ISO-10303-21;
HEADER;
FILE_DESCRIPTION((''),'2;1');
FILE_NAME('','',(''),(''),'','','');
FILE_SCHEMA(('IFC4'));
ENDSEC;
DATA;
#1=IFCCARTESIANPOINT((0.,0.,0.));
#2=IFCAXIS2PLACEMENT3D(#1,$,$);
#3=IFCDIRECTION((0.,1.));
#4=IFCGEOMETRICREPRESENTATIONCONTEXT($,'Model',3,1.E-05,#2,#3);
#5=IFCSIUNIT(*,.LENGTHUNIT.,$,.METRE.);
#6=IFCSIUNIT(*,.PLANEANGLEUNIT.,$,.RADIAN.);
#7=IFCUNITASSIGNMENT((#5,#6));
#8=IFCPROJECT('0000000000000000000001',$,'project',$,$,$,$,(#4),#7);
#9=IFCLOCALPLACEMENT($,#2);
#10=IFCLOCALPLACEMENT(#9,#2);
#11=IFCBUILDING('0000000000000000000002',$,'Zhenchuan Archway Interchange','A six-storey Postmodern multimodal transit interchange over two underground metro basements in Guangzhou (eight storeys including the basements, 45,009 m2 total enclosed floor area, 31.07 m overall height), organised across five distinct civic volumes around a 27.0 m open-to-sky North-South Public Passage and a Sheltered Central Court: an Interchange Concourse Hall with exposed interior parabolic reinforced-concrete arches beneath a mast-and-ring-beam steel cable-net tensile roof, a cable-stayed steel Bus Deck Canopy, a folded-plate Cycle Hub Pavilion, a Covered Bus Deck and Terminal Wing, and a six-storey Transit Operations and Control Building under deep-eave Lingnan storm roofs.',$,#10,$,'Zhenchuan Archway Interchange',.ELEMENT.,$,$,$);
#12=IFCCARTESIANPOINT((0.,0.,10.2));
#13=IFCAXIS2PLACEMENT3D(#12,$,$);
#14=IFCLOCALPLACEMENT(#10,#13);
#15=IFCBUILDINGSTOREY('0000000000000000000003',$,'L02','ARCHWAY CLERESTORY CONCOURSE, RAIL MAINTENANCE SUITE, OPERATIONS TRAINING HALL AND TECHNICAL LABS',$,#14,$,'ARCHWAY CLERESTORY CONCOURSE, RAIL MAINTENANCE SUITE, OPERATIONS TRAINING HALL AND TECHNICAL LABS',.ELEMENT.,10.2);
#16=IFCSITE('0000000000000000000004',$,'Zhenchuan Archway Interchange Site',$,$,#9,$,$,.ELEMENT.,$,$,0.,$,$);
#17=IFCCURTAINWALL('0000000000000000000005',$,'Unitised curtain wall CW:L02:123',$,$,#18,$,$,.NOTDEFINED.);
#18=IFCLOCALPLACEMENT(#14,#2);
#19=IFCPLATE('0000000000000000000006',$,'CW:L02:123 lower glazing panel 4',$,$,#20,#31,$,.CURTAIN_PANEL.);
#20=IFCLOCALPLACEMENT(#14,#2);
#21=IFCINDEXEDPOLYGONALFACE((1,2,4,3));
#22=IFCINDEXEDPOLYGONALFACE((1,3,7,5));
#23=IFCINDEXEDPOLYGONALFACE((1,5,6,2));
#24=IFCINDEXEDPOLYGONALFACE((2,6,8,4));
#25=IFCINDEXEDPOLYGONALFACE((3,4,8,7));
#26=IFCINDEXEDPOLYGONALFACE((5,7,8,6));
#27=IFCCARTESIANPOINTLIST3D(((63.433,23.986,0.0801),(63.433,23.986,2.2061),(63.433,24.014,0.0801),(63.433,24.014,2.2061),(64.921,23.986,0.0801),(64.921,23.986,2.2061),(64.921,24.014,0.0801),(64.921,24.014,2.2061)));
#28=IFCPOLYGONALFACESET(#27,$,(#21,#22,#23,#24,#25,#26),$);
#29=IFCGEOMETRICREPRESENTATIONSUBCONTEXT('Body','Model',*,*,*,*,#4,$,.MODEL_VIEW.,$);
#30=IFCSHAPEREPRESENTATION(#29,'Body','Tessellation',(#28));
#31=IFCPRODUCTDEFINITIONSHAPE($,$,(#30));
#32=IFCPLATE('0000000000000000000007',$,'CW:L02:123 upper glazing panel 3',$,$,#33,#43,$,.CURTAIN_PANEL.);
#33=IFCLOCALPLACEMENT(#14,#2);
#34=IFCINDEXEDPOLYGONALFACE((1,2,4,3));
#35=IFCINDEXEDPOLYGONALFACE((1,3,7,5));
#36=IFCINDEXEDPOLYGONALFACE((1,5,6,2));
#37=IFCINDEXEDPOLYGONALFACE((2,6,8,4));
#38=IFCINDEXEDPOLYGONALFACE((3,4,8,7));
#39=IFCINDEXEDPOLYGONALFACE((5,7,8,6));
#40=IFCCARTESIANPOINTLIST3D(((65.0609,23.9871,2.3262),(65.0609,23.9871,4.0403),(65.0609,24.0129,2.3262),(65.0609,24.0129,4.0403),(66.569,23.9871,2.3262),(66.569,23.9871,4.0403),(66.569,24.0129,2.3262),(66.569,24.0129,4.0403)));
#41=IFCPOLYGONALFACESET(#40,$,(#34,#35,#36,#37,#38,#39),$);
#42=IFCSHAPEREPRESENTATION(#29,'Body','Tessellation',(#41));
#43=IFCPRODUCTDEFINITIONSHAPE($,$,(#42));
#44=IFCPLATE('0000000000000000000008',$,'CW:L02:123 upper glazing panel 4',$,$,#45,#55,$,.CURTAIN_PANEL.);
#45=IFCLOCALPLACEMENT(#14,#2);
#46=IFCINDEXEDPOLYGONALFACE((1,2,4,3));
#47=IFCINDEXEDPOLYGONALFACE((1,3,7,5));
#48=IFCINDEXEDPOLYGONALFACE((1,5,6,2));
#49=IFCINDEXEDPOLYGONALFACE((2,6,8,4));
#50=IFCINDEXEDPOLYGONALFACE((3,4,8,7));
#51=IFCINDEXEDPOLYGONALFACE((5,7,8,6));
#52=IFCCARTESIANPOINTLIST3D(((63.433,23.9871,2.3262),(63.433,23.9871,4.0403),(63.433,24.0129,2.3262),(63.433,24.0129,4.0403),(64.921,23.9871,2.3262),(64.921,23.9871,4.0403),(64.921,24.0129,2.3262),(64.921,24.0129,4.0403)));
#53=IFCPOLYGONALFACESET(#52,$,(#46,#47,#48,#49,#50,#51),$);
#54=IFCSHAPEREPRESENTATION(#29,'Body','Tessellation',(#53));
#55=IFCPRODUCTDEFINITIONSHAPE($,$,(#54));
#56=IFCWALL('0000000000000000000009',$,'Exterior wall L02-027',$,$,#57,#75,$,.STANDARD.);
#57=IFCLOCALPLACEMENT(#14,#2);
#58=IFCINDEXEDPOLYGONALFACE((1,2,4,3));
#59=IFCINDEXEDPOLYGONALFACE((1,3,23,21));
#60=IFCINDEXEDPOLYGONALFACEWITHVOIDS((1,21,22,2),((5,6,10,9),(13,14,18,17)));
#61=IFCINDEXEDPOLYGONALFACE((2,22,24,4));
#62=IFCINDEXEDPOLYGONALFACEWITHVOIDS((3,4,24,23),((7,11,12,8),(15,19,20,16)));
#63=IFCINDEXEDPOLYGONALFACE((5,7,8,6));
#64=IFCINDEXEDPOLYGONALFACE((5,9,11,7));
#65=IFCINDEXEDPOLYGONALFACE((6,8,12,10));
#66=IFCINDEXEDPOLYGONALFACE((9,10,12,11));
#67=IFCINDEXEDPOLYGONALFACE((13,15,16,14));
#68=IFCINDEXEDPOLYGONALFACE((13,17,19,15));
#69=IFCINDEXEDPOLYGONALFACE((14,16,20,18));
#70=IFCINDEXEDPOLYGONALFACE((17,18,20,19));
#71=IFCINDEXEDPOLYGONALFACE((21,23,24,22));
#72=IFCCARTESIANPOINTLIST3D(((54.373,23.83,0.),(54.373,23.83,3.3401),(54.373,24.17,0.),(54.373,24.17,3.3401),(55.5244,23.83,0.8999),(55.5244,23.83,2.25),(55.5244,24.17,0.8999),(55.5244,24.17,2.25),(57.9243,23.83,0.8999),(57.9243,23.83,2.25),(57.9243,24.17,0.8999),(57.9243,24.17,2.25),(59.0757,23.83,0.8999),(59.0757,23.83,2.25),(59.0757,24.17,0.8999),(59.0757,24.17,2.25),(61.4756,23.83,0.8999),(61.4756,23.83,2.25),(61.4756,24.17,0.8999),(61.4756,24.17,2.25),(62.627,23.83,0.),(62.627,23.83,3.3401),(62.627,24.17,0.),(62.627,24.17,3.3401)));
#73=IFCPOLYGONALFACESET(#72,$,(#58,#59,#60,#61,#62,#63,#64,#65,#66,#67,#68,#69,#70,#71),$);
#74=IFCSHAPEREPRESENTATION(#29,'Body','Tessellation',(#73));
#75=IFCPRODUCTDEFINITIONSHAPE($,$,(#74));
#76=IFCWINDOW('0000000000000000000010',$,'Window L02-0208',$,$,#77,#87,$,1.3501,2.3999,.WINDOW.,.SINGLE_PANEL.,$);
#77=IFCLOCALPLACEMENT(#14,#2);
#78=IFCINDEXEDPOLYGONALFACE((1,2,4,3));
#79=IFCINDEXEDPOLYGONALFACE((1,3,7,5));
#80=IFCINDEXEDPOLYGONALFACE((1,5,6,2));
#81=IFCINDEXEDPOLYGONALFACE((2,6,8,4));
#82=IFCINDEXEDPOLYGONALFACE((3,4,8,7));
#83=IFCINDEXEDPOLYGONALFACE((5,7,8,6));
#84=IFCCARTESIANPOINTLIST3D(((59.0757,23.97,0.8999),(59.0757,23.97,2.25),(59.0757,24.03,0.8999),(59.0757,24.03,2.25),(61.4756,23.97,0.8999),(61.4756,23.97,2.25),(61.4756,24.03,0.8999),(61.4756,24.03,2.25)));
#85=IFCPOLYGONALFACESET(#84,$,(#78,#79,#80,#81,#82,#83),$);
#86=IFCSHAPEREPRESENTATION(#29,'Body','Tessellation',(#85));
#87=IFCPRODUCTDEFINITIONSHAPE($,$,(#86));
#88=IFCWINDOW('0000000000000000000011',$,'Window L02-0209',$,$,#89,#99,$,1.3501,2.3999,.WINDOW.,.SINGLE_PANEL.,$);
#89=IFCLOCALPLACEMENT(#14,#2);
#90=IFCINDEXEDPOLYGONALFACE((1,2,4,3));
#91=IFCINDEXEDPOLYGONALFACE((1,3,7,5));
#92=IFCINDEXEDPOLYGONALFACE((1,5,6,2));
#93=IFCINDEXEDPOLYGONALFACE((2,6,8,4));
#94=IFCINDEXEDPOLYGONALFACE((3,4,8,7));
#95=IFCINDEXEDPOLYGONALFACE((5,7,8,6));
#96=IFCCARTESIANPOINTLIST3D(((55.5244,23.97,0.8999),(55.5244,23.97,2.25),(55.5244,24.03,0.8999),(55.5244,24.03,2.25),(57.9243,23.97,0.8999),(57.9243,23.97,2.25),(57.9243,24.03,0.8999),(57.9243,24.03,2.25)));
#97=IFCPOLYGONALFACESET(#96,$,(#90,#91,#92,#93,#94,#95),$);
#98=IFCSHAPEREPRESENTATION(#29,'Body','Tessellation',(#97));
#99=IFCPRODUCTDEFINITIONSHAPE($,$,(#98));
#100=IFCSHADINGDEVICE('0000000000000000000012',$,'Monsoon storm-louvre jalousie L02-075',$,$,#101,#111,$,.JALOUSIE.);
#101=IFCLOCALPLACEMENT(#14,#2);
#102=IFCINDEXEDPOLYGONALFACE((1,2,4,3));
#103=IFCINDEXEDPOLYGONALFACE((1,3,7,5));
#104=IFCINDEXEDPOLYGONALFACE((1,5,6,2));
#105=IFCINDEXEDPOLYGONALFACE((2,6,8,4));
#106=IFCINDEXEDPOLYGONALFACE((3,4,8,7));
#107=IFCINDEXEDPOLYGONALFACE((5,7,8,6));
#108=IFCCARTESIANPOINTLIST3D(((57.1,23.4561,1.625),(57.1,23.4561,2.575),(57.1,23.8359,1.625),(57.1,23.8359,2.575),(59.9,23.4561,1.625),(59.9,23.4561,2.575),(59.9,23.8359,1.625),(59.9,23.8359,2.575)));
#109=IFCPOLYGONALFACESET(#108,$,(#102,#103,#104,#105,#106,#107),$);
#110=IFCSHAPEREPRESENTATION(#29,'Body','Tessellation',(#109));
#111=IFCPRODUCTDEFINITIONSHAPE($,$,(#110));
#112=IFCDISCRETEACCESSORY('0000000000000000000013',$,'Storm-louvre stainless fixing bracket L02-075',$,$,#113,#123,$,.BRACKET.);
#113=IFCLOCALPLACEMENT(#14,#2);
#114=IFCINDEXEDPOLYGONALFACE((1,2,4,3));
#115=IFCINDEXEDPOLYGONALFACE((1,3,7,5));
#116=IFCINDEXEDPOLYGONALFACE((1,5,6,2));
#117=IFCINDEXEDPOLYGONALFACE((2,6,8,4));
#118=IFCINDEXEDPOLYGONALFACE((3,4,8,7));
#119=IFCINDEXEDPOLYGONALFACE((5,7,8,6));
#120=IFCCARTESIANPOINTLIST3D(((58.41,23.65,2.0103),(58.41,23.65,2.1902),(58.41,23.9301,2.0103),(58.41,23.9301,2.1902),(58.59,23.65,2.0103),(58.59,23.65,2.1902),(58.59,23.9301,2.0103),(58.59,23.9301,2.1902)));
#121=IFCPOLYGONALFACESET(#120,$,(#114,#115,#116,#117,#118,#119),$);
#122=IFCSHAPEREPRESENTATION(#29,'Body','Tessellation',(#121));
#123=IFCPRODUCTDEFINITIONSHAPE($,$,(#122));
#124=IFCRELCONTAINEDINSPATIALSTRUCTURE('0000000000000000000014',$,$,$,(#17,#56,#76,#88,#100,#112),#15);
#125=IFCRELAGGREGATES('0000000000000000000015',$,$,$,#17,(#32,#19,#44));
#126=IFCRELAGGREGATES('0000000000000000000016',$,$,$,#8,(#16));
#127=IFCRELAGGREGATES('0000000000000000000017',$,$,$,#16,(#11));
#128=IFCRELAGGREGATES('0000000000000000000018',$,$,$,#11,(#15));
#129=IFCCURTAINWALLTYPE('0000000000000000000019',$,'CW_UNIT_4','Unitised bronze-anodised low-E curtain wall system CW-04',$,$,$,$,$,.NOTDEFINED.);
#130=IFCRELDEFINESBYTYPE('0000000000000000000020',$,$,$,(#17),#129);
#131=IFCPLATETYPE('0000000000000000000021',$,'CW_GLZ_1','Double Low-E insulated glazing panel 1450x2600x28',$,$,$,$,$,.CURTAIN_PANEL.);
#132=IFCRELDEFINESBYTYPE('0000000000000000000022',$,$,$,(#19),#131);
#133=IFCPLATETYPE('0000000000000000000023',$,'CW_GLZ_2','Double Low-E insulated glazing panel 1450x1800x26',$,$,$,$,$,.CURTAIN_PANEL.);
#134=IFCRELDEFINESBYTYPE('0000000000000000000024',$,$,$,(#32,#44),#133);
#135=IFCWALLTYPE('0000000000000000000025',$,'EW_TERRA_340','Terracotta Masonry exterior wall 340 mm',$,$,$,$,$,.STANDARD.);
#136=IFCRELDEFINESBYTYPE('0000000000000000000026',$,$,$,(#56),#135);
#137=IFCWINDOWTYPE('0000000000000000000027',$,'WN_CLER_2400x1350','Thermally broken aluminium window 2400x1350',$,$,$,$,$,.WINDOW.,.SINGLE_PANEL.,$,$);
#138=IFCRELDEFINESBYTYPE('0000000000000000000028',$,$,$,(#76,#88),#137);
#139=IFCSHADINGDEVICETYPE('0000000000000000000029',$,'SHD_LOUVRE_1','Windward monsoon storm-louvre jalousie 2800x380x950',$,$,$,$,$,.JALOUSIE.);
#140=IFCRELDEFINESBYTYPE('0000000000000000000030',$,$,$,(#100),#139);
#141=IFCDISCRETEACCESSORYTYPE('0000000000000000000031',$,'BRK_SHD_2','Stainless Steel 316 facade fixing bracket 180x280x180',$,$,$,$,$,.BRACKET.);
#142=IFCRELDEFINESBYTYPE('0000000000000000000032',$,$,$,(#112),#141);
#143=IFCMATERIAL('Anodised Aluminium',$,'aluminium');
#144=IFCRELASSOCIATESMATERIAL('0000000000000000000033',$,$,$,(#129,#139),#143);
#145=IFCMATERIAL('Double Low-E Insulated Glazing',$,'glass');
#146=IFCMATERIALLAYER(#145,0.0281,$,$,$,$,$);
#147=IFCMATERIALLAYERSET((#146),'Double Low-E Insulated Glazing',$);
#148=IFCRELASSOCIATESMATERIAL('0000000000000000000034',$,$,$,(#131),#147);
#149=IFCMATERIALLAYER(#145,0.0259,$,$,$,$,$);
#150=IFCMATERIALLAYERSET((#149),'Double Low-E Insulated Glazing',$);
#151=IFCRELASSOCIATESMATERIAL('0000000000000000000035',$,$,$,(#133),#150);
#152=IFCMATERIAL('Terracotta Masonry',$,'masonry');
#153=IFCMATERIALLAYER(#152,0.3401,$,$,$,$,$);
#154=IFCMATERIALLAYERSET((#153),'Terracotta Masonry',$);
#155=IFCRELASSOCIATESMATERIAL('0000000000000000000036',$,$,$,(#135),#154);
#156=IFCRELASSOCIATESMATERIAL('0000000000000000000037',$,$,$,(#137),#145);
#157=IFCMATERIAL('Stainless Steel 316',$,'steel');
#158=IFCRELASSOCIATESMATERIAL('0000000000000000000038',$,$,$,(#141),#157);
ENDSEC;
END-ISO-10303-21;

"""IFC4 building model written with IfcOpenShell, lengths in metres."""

from ifc_helpers import new_model, si_unit, direction, frame, frame_2d, origin, origin_2d, place, context, subcontext, project, spatial, rectangle, extrude, material, layer, layer_set, type_object, element, fill, aggregate, save


model = new_model("IFC4")

# Units and contexts
model_context = context("Model", 3, precision=1e-05, world=origin(), true_north=direction((0.0, 1.0)))
body_context = subcontext(model_context, "Body", "Model", "MODEL_VIEW")
ifc_project = project(units=[si_unit("LENGTHUNIT", "METRE"), si_unit("PLANEANGLEUNIT", "RADIAN")], contexts=[model_context])

# Site, building, storey
site_placement = place(None, origin())
site = spatial("IfcSite", under=ifc_project, at=site_placement, Name="Zhenchuan Archway Interchange Site", CompositionType="ELEMENT", RefElevation=0.0)
building_placement = place(site_placement, origin())
building = spatial("IfcBuilding", under=site, at=building_placement, Name="Zhenchuan Archway Interchange", Description="A six-storey Postmodern multimodal transit interchange over two underground metro basements in Guangzhou (eight storeys including the basements, 45,009 m2 total enclosed floor area, 31.07 m overall height), organised across five distinct civic volumes around a 27.0 m open-to-sky North-South Public Passage and a Sheltered Central Court: an Interchange Concourse Hall with exposed interior parabolic reinforced-concrete arches beneath a mast-and-ring-beam steel cable-net tensile roof, a cable-stayed steel Bus Deck Canopy, a folded-plate Cycle Hub Pavilion, a Covered Bus Deck and Terminal Wing, and a six-storey Transit Operations and Control Building under deep-eave Lingnan storm roofs.", LongName="Zhenchuan Archway Interchange", CompositionType="ELEMENT")
storey_placement = place(building_placement, frame((0.0, 0.0, 10.2)))
storey = spatial("IfcBuildingStorey", under=building, at=storey_placement, Name="L02", Description="ARCHWAY CLERESTORY CONCOURSE, RAIL MAINTENANCE SUITE, OPERATIONS TRAINING HALL AND TECHNICAL LABS", LongName="ARCHWAY CLERESTORY CONCOURSE, RAIL MAINTENANCE SUITE, OPERATIONS TRAINING HALL AND TECHNICAL LABS", CompositionType="ELEMENT", Elevation=10.2)

# Curtain wall
ifc_material_1 = material(Name="Anodised Aluminium", Category="aluminium")
curtain_wall_type = type_object("IfcCurtainWallType", Name="CW_UNIT_4", Description="Unitised bronze-anodised low-E curtain wall system CW-04", PredefinedType="NOTDEFINED", material=ifc_material_1)
curtain_wall_placement = place(storey_placement, origin())
curtain_wall = element("IfcCurtainWall", 1, at=curtain_wall_placement, inside=storey, type_object=curtain_wall_type, Name="Unitised curtain wall CW:L02:123", PredefinedType="NOTDEFINED")

# Plates
ifc_material_2 = material(Name="Double Low-E Insulated Glazing", Category="glass")
ifc_layer_1 = layer(ifc_material_2, 0.0281)
ifc_layer_set_1 = layer_set([ifc_layer_1], Name="Double Low-E Insulated Glazing")
plate_type_1 = type_object("IfcPlateType", Name="CW_GLZ_1", Description="Double Low-E insulated glazing panel 1450x2600x28", PredefinedType="CURTAIN_PANEL", material=ifc_layer_set_1)
plate_1_placement = place(storey_placement, frame((64.177, 24.0, 0.0801), z_axis=(0.0, 0.0, 1.0), x_axis=(-1.0, 0.0, 0.0)))
plate_1 = element("IfcPlate", 2, at=plate_1_placement, type_object=plate_type_1, Name="CW:L02:123 lower glazing panel 4", PredefinedType="CURTAIN_PANEL", context=body_context, shape_type="SweptSolid", body=[
    extrude(rectangle(XDim=1.488, YDim=0.0281, at=origin_2d()), origin(), (0.0, 0.0, 1.0), 2.126),
])
ifc_layer_2 = layer(ifc_material_2, 0.0259)
ifc_layer_set_2 = layer_set([ifc_layer_2], Name="Double Low-E Insulated Glazing")
plate_type_2 = type_object("IfcPlateType", Name="CW_GLZ_2", Description="Double Low-E insulated glazing panel 1450x1800x26", PredefinedType="CURTAIN_PANEL", material=ifc_layer_set_2)
plate_2_placement = place(storey_placement, frame((65.8149, 24.0, 2.3262), z_axis=(0.0, 0.0, 1.0), x_axis=(-1.0, 0.0, 0.0)))
plate_2 = element("IfcPlate", 3, at=plate_2_placement, type_object=plate_type_2, Name="CW:L02:123 upper glazing panel 3", PredefinedType="CURTAIN_PANEL", context=body_context, shape_type="SweptSolid", body=[
    extrude(rectangle(XDim=1.5081, YDim=0.0259, at=origin_2d()), origin(), (0.0, 0.0, 1.0), 1.7141),
])
plate_3_placement = place(storey_placement, frame((64.177, 24.0, 2.3262), z_axis=(0.0, 0.0, 1.0), x_axis=(-1.0, 0.0, 0.0)))
plate_3 = element("IfcPlate", 4, at=plate_3_placement, type_object=plate_type_2, Name="CW:L02:123 upper glazing panel 4", PredefinedType="CURTAIN_PANEL", context=body_context, shape_type="SweptSolid", body=[
    extrude(rectangle(XDim=1.488, YDim=0.0259, at=origin_2d()), origin(), (0.0, 0.0, 1.0), 1.7141),
])
aggregate(curtain_wall, [plate_2, plate_1, plate_3])

# Wall, openings, windows
ifc_material_3 = material(Name="Terracotta Masonry", Category="masonry")
ifc_layer_3 = layer(ifc_material_3, 0.3401)
ifc_layer_set_3 = layer_set([ifc_layer_3], Name="Terracotta Masonry")
wall_type = type_object("IfcWallType", Name="EW_TERRA_340", Description="Terracotta Masonry exterior wall 340 mm", PredefinedType="STANDARD", material=ifc_layer_set_3)
wall_placement = place(storey_placement, frame((62.627, 24.0, 0.0), z_axis=(0.0, 0.0, 1.0), x_axis=(-1.0, 0.0, 0.0)))
wall = element("IfcWall", 5, at=wall_placement, inside=storey, type_object=wall_type, Name="Exterior wall L02-027", PredefinedType="STANDARD", context=body_context, shape_type="SweptSolid", body=[
    extrude(rectangle(XDim=8.2539, YDim=0.3401, at=frame_2d((4.127, 0.0))), origin(), (0.0, 0.0, 1.0), 3.3401),
])
opening_1_placement = place(wall_placement, frame((1.1514, 0.0, 0.8999)))
opening_1 = element("IfcOpeningElement", 6, at=opening_1_placement, cuts=wall, PredefinedType="OPENING", context=body_context, shape_type="SweptSolid", body=[
    extrude(rectangle(XDim=2.3999, YDim=1.3501, at=frame_2d((1.2, 0.675))), frame((0.0, 0.1821, 0.0), z_axis=(0.0, -1.0, 0.0), x_axis=(1.0, 0.0, 0.0)), (0.0, 0.0, 1.0), 0.364),
])
opening_2_placement = place(wall_placement, frame((4.7026, 0.0, 0.8999)))
opening_2 = element("IfcOpeningElement", 7, at=opening_2_placement, cuts=wall, PredefinedType="OPENING", context=body_context, shape_type="SweptSolid", body=[
    extrude(rectangle(XDim=2.3999, YDim=1.3501, at=frame_2d((1.2, 0.675))), frame((0.0, 0.1821, 0.0), z_axis=(0.0, -1.0, 0.0), x_axis=(1.0, 0.0, 0.0)), (0.0, 0.0, 1.0), 0.364),
])
window_type = type_object("IfcWindowType", Name="WN_CLER_2400x1350", Description="Thermally broken aluminium window 2400x1350", PartitioningType="SINGLE_PANEL", PredefinedType="WINDOW", material=ifc_material_2)
window_1_placement = place(opening_1_placement, origin())
window_1 = element("IfcWindow", 8, at=window_1_placement, inside=storey, type_object=window_type, Name="Window L02-0208", OverallHeight=1.3501, OverallWidth=2.3999, PartitioningType="SINGLE_PANEL", PredefinedType="WINDOW", context=body_context, shape_type="SweptSolid", body=[
    extrude(rectangle(XDim=2.3999, YDim=1.3501, at=frame_2d((1.2, 0.675))), frame((0.0, 0.03, 0.0), z_axis=(0.0, -1.0, 0.0), x_axis=(1.0, 0.0, 0.0)), (0.0, 0.0, 1.0), 0.0601),
])
fill(opening_1, window_1)
window_2_placement = place(opening_2_placement, origin())
window_2 = element("IfcWindow", 9, at=window_2_placement, inside=storey, type_object=window_type, Name="Window L02-0209", OverallHeight=1.3501, OverallWidth=2.3999, PartitioningType="SINGLE_PANEL", PredefinedType="WINDOW", context=body_context, shape_type="SweptSolid", body=[
    extrude(rectangle(XDim=2.3999, YDim=1.3501, at=frame_2d((1.2, 0.675))), frame((0.0, 0.03, 0.0), z_axis=(0.0, -1.0, 0.0), x_axis=(1.0, 0.0, 0.0)), (0.0, 0.0, 1.0), 0.0601),
])
fill(opening_2, window_2)

# Shading device
shading_device_type = type_object("IfcShadingDeviceType", Name="SHD_LOUVRE_1", Description="Windward monsoon storm-louvre jalousie 2800x380x950", PredefinedType="JALOUSIE", material=ifc_material_1)
shading_device_placement = place(storey_placement, frame((58.5, 23.646, 1.625), z_axis=(0.0, 0.0, 1.0), x_axis=(-1.0, 0.0, 0.0)))
element("IfcShadingDevice", 10, at=shading_device_placement, inside=storey, type_object=shading_device_type, Name="Monsoon storm-louvre jalousie L02-075", PredefinedType="JALOUSIE", context=body_context, shape_type="SweptSolid", body=[
    extrude(rectangle(XDim=2.8, YDim=0.3799, at=origin_2d()), origin(), (0.0, 0.0, 1.0), 0.95),
])

# Discrete accessory
ifc_material_4 = material(Name="Stainless Steel 316", Category="steel")
discrete_accessory_type = type_object("IfcDiscreteAccessoryType", Name="BRK_SHD_2", Description="Stainless Steel 316 facade fixing bracket 180x280x180", PredefinedType="BRACKET", material=ifc_material_4)
discrete_accessory_placement = place(storey_placement, frame((58.5, 23.79, 2.0103), z_axis=(0.0, 0.0, 1.0), x_axis=(-1.0, 0.0, 0.0)))
element("IfcDiscreteAccessory", 11, at=discrete_accessory_placement, inside=storey, type_object=discrete_accessory_type, Name="Storm-louvre stainless fixing bracket L02-075", PredefinedType="BRACKET", context=body_context, shape_type="SweptSolid", body=[
    extrude(rectangle(XDim=0.1799, YDim=0.28, at=origin_2d()), origin(), (0.0, 0.0, 1.0), 0.1799),
])

save(model, "model.ifc")
